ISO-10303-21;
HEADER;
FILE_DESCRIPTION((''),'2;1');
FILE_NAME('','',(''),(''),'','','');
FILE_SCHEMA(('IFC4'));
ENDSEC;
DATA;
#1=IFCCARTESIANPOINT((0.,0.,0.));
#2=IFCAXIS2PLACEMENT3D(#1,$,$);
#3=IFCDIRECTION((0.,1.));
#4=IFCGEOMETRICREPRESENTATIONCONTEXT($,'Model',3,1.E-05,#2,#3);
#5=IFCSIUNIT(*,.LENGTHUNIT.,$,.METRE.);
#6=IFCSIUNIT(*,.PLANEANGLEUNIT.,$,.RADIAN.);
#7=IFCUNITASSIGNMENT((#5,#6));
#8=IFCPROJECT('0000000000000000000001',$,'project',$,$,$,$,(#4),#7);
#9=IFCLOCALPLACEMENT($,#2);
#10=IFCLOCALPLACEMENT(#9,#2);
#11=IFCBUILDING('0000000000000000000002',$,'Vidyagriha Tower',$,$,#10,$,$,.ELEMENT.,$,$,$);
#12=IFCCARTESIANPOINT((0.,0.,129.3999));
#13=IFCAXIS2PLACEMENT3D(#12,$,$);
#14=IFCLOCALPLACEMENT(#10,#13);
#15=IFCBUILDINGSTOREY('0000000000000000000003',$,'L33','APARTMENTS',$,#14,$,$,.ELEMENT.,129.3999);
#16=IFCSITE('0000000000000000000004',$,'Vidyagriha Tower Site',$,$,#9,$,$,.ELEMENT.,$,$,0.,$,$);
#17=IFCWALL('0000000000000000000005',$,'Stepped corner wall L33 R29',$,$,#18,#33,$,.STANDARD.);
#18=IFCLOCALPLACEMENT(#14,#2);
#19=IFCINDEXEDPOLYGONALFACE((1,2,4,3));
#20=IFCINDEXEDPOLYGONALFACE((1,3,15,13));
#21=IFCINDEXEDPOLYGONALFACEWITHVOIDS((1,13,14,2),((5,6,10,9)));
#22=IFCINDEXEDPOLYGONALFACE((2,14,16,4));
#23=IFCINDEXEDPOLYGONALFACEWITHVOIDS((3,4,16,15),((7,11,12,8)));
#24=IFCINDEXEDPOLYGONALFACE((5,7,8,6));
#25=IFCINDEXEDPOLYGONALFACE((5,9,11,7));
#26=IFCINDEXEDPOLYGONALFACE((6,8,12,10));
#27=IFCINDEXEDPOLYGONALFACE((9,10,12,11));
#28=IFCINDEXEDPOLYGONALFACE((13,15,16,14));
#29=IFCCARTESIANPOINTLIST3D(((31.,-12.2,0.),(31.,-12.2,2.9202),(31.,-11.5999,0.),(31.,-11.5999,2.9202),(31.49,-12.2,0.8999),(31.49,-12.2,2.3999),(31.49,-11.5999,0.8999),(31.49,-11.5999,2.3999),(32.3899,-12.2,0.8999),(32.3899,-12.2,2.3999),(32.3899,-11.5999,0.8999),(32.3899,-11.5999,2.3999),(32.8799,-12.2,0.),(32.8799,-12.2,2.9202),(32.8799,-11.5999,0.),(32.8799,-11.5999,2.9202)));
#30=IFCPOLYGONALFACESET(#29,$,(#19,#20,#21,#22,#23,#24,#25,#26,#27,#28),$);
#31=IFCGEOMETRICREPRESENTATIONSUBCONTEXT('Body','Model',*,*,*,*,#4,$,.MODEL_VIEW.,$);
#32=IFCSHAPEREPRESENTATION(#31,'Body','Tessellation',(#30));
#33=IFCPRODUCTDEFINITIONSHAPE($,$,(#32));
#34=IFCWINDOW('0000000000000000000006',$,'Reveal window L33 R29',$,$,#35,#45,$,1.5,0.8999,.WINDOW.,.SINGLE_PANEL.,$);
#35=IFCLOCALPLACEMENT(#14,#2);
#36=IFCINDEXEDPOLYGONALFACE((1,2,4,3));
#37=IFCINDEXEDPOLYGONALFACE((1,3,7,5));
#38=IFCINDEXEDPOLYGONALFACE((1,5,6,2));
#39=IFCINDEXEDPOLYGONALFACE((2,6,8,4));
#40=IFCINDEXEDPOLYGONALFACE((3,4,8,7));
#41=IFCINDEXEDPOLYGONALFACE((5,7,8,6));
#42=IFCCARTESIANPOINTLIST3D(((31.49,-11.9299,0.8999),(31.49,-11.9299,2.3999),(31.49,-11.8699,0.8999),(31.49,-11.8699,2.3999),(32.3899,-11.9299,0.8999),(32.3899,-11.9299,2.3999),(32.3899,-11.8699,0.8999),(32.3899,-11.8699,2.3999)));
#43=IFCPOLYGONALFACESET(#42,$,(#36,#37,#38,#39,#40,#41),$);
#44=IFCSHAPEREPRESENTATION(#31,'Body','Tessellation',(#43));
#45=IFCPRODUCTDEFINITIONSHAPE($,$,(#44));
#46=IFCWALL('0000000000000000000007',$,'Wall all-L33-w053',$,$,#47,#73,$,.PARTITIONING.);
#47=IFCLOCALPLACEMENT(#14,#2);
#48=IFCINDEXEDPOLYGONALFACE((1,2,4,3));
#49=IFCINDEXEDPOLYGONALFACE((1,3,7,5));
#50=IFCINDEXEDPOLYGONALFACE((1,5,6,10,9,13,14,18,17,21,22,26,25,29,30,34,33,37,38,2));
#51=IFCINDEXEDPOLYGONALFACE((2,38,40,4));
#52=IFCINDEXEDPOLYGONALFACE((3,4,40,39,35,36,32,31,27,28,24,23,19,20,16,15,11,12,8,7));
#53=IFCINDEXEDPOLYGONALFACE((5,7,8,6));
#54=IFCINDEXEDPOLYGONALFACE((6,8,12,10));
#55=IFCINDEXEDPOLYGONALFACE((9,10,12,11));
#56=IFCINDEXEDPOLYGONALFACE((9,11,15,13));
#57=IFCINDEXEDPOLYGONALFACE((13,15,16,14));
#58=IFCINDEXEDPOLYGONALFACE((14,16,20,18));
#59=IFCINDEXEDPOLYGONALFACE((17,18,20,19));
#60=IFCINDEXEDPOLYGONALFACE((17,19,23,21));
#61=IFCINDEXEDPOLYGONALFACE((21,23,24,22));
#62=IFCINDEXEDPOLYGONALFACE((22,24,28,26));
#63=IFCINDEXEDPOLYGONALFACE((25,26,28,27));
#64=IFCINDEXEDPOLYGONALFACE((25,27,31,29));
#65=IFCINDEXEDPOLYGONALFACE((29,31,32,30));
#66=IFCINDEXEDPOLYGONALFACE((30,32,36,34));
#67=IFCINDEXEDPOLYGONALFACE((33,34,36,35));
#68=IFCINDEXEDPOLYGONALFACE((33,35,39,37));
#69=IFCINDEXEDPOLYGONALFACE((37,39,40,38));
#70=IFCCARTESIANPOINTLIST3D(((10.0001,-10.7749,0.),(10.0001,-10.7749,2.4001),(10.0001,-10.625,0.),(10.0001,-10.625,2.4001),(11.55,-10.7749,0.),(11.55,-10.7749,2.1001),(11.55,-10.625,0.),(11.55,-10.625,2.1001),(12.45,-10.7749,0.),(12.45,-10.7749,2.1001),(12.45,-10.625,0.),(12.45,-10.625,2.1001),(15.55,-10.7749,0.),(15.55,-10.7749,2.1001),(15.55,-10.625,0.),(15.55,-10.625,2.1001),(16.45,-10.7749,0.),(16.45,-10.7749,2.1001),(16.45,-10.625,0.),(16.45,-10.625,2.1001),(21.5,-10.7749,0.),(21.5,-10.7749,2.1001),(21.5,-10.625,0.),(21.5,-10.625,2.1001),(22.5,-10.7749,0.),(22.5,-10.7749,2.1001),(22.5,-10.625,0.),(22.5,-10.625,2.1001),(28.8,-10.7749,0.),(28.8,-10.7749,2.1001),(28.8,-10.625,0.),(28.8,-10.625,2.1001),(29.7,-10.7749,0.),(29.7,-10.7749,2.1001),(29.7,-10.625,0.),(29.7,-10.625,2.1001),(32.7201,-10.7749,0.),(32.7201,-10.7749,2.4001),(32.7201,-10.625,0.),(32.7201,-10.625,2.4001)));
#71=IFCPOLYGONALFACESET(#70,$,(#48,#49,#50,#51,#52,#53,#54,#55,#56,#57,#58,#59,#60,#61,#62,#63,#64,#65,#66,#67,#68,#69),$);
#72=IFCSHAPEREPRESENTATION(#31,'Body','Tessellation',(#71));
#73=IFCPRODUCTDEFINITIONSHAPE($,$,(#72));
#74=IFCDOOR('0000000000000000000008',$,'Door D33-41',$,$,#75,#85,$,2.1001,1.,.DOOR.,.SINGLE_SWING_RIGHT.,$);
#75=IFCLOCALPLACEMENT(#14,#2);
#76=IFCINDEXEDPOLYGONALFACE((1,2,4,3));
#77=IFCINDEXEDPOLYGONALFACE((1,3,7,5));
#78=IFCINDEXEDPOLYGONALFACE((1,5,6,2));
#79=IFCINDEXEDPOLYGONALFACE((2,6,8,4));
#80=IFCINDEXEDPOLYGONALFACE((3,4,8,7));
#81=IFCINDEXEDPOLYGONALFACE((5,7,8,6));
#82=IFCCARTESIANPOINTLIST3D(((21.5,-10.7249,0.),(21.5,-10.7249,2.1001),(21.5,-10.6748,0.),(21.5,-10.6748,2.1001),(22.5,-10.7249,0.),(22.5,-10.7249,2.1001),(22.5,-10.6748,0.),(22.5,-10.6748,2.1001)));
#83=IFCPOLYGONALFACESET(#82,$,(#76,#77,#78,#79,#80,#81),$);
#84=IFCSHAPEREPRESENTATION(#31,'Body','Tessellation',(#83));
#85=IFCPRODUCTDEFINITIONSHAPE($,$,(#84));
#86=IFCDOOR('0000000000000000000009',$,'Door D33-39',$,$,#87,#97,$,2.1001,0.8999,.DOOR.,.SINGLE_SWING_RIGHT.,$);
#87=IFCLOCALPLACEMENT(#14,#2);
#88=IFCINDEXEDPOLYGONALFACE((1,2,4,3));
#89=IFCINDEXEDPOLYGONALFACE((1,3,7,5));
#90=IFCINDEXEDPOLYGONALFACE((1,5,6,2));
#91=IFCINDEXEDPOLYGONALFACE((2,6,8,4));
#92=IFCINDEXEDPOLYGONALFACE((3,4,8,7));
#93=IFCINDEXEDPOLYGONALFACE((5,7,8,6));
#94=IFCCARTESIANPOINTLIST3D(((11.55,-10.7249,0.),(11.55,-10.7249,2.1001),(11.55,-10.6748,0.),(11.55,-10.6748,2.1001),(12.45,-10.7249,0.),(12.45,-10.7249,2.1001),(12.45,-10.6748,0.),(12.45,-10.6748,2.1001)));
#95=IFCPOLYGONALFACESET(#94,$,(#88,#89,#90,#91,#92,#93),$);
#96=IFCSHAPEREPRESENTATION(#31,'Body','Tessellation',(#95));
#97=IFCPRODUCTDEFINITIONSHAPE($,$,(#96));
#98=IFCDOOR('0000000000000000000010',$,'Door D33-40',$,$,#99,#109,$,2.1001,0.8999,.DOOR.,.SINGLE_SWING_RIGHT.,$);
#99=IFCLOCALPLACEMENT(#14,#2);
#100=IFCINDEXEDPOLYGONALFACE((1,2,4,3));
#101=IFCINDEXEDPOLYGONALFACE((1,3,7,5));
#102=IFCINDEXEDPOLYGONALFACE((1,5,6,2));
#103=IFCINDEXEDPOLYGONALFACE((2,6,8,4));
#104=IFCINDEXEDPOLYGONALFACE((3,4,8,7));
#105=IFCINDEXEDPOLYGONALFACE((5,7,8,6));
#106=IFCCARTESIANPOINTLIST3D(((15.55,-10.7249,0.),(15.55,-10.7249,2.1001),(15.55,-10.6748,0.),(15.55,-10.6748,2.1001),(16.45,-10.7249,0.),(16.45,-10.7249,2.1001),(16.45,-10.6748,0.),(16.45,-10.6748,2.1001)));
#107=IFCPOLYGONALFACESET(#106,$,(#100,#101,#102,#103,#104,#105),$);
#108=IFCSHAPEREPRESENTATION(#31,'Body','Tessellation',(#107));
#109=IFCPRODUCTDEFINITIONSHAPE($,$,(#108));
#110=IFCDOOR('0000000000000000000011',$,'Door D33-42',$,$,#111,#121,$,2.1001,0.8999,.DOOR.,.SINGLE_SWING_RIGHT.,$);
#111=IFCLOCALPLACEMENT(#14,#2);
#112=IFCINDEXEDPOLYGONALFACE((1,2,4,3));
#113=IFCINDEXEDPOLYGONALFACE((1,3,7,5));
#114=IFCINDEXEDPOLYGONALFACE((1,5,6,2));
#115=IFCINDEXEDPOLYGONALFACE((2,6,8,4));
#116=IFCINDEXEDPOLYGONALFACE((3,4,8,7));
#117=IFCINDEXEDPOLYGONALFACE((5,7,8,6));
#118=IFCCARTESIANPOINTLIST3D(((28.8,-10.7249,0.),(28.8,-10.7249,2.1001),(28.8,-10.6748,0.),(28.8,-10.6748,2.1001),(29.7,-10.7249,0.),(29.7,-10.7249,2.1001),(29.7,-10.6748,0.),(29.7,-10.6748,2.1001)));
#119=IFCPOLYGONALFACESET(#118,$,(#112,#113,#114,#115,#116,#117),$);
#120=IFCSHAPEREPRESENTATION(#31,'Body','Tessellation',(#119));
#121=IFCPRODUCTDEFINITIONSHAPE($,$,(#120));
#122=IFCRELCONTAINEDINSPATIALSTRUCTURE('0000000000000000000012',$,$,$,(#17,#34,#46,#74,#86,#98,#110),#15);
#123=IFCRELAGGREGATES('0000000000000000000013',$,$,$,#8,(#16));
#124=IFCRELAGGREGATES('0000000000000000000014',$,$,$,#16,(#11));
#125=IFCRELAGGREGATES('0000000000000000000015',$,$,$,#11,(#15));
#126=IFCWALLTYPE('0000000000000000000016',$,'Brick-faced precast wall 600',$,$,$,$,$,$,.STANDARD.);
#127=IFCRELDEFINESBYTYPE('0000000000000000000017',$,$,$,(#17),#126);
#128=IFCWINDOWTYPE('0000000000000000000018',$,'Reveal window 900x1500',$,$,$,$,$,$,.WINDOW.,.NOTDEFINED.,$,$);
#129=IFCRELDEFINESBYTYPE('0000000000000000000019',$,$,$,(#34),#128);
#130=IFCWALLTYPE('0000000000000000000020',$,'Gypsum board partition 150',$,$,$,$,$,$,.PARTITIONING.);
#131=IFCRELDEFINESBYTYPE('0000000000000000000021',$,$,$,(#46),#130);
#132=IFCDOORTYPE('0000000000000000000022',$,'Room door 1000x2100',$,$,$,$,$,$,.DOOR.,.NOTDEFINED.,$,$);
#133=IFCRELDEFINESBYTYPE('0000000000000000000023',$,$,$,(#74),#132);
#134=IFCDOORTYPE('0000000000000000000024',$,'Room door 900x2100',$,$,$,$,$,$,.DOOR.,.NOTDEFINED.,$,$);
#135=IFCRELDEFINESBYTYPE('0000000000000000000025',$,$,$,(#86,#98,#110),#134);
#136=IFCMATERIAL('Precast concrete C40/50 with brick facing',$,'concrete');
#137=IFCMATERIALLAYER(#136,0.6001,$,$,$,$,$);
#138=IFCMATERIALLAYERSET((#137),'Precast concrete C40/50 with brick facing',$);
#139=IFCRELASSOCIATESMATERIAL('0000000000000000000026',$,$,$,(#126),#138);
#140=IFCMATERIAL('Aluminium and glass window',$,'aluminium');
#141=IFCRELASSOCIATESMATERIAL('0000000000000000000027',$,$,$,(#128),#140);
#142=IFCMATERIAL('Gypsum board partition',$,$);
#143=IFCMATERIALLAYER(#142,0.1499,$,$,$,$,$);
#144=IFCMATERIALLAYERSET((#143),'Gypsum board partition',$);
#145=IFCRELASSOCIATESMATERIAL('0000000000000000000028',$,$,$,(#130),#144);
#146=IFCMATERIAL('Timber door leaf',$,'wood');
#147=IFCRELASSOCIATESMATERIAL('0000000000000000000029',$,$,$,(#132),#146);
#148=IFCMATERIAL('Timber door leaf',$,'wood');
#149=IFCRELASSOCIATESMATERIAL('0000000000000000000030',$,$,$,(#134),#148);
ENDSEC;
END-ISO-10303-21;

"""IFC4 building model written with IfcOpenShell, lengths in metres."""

from ifc_helpers import new_model, si_unit, direction, frame, frame_2d, origin, place, context, subcontext, project, spatial, rectangle, extrude, material, layer, layer_set, type_object, element, fill, save


model = new_model("IFC4")

# Units and contexts
model_context = context("Model", 3, precision=1e-05, world=origin(), true_north=direction((0.0, 1.0)))
body_context = subcontext(model_context, "Body", "Model", "MODEL_VIEW")
ifc_project = project(units=[si_unit("LENGTHUNIT", "METRE"), si_unit("PLANEANGLEUNIT", "RADIAN")], contexts=[model_context])

# Site, building, storey
site_placement = place(None, origin())
site = spatial("IfcSite", under=ifc_project, at=site_placement, Name="Vidyagriha Tower Site", CompositionType="ELEMENT", RefElevation=0.0)
building_placement = place(site_placement, origin())
building = spatial("IfcBuilding", under=site, at=building_placement, Name="Vidyagriha Tower", CompositionType="ELEMENT")
storey_placement = place(building_placement, frame((0.0, 0.0, 129.3999)))
storey = spatial("IfcBuildingStorey", under=building, at=storey_placement, Name="L33", Description="APARTMENTS", CompositionType="ELEMENT", Elevation=129.3999)

# Shared definitions
ifc_material_1 = material(Name="Precast concrete C40/50 with brick facing", Category="concrete")
ifc_layer_1 = layer(ifc_material_1, 0.6001)
ifc_layer_set_1 = layer_set([ifc_layer_1], Name="Precast concrete C40/50 with brick facing")
wall_type_1 = type_object("IfcWallType", Name="Brick-faced precast wall 600", PredefinedType="STANDARD", material=ifc_layer_set_1)

# Shared definitions
ifc_material_2 = material(Name="Aluminium and glass window", Category="aluminium")
window_type = type_object("IfcWindowType", Name="Reveal window 900x1500", PartitioningType="NOTDEFINED", PredefinedType="WINDOW", material=ifc_material_2)

# Wall, opening, window
wall_1_placement = place(storey_placement, frame((31.0, -11.8999, 0.0)))
wall_1 = element("IfcWall", 1, at=wall_1_placement, inside=storey, type_object=wall_type_1, Name="Stepped corner wall L33 R29", PredefinedType="STANDARD", context=body_context, shape_type="SweptSolid", body=[
    extrude(rectangle(XDim=1.8799, YDim=0.6001, at=frame_2d((0.9399, 0.0))), origin(), (0.0, 0.0, 1.0), 2.9202),
])
opening_1_placement = place(wall_1_placement, frame((0.49, 0.0, 0.8999)))
opening_1 = element("IfcOpeningElement", 2, at=opening_1_placement, cuts=wall_1, PredefinedType="OPENING", context=body_context, shape_type="SweptSolid", body=[
    extrude(rectangle(XDim=0.8999, YDim=1.5, at=frame_2d((0.45, 0.75))), frame((0.0, 0.3101, 0.0), z_axis=(0.0, -1.0, 0.0), x_axis=(1.0, 0.0, 0.0)), (0.0, 0.0, 1.0), 0.6201),
])
window_1_placement = place(opening_1_placement, origin())
window_1 = element("IfcWindow", 3, at=window_1_placement, inside=storey, type_object=window_type, Name="Reveal window L33 R29", OverallHeight=1.5, OverallWidth=0.8999, PartitioningType="SINGLE_PANEL", PredefinedType="WINDOW", context=body_context, shape_type="SweptSolid", body=[
    extrude(rectangle(XDim=0.8999, YDim=1.5, at=frame_2d((0.45, 0.75))), frame((0.0, 0.03, 0.0), z_axis=(0.0, -1.0, 0.0), x_axis=(1.0, 0.0, 0.0)), (0.0, 0.0, 1.0), 0.0601),
])
fill(opening_1, window_1)

# Wall, openings, doors
ifc_material_3 = material(Name="Gypsum board partition")
ifc_layer_2 = layer(ifc_material_3, 0.1499)
ifc_layer_set_2 = layer_set([ifc_layer_2], Name="Gypsum board partition")
wall_type_2 = type_object("IfcWallType", Name="Gypsum board partition 150", PredefinedType="PARTITIONING", material=ifc_layer_set_2)
wall_2_placement = place(storey_placement, frame((32.72, -10.7, 0.0), z_axis=(0.0, 0.0, 1.0), x_axis=(-1.0, 0.0, 0.0)))
wall_2 = element("IfcWall", 4, at=wall_2_placement, inside=storey, type_object=wall_type_2, Name="Wall all-L33-w053", PredefinedType="PARTITIONING", context=body_context, shape_type="SweptSolid", body=[
    extrude(rectangle(XDim=22.72, YDim=0.1499, at=frame_2d((11.3599, 0.0))), origin(), (0.0, 0.0, 1.0), 2.4001),
])
opening_2_placement = place(wall_2_placement, frame((20.27, 0.0, 0.0)))
opening_2 = element("IfcOpeningElement", 5, at=opening_2_placement, cuts=wall_2, PredefinedType="OPENING", context=body_context, shape_type="SweptSolid", body=[
    extrude(rectangle(XDim=0.8999, YDim=2.1001, at=frame_2d((0.45, 1.05))), frame((0.0, 0.085, 0.0), z_axis=(0.0, -1.0, 0.0), x_axis=(1.0, 0.0, 0.0)), (0.0, 0.0, 1.0), 0.1699),
])
opening_3_placement = place(wall_2_placement, frame((16.27, 0.0, 0.0)))
opening_3 = element("IfcOpeningElement", 6, at=opening_3_placement, cuts=wall_2, PredefinedType="OPENING", context=body_context, shape_type="SweptSolid", body=[
    extrude(rectangle(XDim=0.8999, YDim=2.1001, at=frame_2d((0.45, 1.05))), frame((0.0, 0.085, 0.0), z_axis=(0.0, -1.0, 0.0), x_axis=(1.0, 0.0, 0.0)), (0.0, 0.0, 1.0), 0.1699),
])
opening_4_placement = place(wall_2_placement, frame((10.22, 0.0, 0.0)))
opening_4 = element("IfcOpeningElement", 7, at=opening_4_placement, cuts=wall_2, PredefinedType="OPENING", context=body_context, shape_type="SweptSolid", body=[
    extrude(rectangle(XDim=1.0, YDim=2.1001, at=frame_2d((0.5, 1.05))), frame((0.0, 0.085, 0.0), z_axis=(0.0, -1.0, 0.0), x_axis=(1.0, 0.0, 0.0)), (0.0, 0.0, 1.0), 0.1699),
])
opening_5_placement = place(wall_2_placement, frame((3.02, 0.0, 0.0)))
opening_5 = element("IfcOpeningElement", 8, at=opening_5_placement, cuts=wall_2, PredefinedType="OPENING", context=body_context, shape_type="SweptSolid", body=[
    extrude(rectangle(XDim=0.8999, YDim=2.1001, at=frame_2d((0.45, 1.05))), frame((0.0, 0.085, 0.0), z_axis=(0.0, -1.0, 0.0), x_axis=(1.0, 0.0, 0.0)), (0.0, 0.0, 1.0), 0.1699),
])
ifc_material_4 = material(Name="Timber door leaf", Category="wood")
door_type_1 = type_object("IfcDoorType", Name="Room door 1000x2100", OperationType="NOTDEFINED", PredefinedType="DOOR", material=ifc_material_4)
door_1_placement = place(opening_4_placement, origin())
door_1 = element("IfcDoor", 9, at=door_1_placement, inside=storey, type_object=door_type_1, Name="Door D33-41", OperationType="SINGLE_SWING_RIGHT", OverallHeight=2.1001, OverallWidth=1.0, PredefinedType="DOOR", context=body_context, shape_type="SweptSolid", body=[
    extrude(rectangle(XDim=1.0, YDim=2.1001, at=frame_2d((0.5, 1.05))), frame((0.0, 0.0249, 0.0), z_axis=(0.0, -1.0, 0.0), x_axis=(1.0, 0.0, 0.0)), (0.0, 0.0, 1.0), 0.05),
])
fill(opening_4, door_1)
ifc_material_5 = material(Name="Timber door leaf", Category="wood")
door_type_2 = type_object("IfcDoorType", Name="Room door 900x2100", OperationType="NOTDEFINED", PredefinedType="DOOR", material=ifc_material_5)
door_2_placement = place(opening_2_placement, origin())
door_2 = element("IfcDoor", 10, at=door_2_placement, inside=storey, type_object=door_type_2, Name="Door D33-39", OperationType="SINGLE_SWING_RIGHT", OverallHeight=2.1001, OverallWidth=0.8999, PredefinedType="DOOR", context=body_context, shape_type="SweptSolid", body=[
    extrude(rectangle(XDim=0.8999, YDim=2.1001, at=frame_2d((0.45, 1.05))), frame((0.0, 0.0249, 0.0), z_axis=(0.0, -1.0, 0.0), x_axis=(1.0, 0.0, 0.0)), (0.0, 0.0, 1.0), 0.05),
])
fill(opening_2, door_2)
door_3_placement = place(opening_3_placement, origin())
door_3 = element("IfcDoor", 11, at=door_3_placement, inside=storey, type_object=door_type_2, Name="Door D33-40", OperationType="SINGLE_SWING_RIGHT", OverallHeight=2.1001, OverallWidth=0.8999, PredefinedType="DOOR", context=body_context, shape_type="SweptSolid", body=[
    extrude(rectangle(XDim=0.8999, YDim=2.1001, at=frame_2d((0.45, 1.05))), frame((0.0, 0.0249, 0.0), z_axis=(0.0, -1.0, 0.0), x_axis=(1.0, 0.0, 0.0)), (0.0, 0.0, 1.0), 0.05),
])
fill(opening_3, door_3)
door_4_placement = place(opening_5_placement, origin())
door_4 = element("IfcDoor", 12, at=door_4_placement, inside=storey, type_object=door_type_2, Name="Door D33-42", OperationType="SINGLE_SWING_RIGHT", OverallHeight=2.1001, OverallWidth=0.8999, PredefinedType="DOOR", context=body_context, shape_type="SweptSolid", body=[
    extrude(rectangle(XDim=0.8999, YDim=2.1001, at=frame_2d((0.45, 1.05))), frame((0.0, 0.0249, 0.0), z_axis=(0.0, -1.0, 0.0), x_axis=(1.0, 0.0, 0.0)), (0.0, 0.0, 1.0), 0.05),
])
fill(opening_5, door_4)

save(model, "model.ifc")
